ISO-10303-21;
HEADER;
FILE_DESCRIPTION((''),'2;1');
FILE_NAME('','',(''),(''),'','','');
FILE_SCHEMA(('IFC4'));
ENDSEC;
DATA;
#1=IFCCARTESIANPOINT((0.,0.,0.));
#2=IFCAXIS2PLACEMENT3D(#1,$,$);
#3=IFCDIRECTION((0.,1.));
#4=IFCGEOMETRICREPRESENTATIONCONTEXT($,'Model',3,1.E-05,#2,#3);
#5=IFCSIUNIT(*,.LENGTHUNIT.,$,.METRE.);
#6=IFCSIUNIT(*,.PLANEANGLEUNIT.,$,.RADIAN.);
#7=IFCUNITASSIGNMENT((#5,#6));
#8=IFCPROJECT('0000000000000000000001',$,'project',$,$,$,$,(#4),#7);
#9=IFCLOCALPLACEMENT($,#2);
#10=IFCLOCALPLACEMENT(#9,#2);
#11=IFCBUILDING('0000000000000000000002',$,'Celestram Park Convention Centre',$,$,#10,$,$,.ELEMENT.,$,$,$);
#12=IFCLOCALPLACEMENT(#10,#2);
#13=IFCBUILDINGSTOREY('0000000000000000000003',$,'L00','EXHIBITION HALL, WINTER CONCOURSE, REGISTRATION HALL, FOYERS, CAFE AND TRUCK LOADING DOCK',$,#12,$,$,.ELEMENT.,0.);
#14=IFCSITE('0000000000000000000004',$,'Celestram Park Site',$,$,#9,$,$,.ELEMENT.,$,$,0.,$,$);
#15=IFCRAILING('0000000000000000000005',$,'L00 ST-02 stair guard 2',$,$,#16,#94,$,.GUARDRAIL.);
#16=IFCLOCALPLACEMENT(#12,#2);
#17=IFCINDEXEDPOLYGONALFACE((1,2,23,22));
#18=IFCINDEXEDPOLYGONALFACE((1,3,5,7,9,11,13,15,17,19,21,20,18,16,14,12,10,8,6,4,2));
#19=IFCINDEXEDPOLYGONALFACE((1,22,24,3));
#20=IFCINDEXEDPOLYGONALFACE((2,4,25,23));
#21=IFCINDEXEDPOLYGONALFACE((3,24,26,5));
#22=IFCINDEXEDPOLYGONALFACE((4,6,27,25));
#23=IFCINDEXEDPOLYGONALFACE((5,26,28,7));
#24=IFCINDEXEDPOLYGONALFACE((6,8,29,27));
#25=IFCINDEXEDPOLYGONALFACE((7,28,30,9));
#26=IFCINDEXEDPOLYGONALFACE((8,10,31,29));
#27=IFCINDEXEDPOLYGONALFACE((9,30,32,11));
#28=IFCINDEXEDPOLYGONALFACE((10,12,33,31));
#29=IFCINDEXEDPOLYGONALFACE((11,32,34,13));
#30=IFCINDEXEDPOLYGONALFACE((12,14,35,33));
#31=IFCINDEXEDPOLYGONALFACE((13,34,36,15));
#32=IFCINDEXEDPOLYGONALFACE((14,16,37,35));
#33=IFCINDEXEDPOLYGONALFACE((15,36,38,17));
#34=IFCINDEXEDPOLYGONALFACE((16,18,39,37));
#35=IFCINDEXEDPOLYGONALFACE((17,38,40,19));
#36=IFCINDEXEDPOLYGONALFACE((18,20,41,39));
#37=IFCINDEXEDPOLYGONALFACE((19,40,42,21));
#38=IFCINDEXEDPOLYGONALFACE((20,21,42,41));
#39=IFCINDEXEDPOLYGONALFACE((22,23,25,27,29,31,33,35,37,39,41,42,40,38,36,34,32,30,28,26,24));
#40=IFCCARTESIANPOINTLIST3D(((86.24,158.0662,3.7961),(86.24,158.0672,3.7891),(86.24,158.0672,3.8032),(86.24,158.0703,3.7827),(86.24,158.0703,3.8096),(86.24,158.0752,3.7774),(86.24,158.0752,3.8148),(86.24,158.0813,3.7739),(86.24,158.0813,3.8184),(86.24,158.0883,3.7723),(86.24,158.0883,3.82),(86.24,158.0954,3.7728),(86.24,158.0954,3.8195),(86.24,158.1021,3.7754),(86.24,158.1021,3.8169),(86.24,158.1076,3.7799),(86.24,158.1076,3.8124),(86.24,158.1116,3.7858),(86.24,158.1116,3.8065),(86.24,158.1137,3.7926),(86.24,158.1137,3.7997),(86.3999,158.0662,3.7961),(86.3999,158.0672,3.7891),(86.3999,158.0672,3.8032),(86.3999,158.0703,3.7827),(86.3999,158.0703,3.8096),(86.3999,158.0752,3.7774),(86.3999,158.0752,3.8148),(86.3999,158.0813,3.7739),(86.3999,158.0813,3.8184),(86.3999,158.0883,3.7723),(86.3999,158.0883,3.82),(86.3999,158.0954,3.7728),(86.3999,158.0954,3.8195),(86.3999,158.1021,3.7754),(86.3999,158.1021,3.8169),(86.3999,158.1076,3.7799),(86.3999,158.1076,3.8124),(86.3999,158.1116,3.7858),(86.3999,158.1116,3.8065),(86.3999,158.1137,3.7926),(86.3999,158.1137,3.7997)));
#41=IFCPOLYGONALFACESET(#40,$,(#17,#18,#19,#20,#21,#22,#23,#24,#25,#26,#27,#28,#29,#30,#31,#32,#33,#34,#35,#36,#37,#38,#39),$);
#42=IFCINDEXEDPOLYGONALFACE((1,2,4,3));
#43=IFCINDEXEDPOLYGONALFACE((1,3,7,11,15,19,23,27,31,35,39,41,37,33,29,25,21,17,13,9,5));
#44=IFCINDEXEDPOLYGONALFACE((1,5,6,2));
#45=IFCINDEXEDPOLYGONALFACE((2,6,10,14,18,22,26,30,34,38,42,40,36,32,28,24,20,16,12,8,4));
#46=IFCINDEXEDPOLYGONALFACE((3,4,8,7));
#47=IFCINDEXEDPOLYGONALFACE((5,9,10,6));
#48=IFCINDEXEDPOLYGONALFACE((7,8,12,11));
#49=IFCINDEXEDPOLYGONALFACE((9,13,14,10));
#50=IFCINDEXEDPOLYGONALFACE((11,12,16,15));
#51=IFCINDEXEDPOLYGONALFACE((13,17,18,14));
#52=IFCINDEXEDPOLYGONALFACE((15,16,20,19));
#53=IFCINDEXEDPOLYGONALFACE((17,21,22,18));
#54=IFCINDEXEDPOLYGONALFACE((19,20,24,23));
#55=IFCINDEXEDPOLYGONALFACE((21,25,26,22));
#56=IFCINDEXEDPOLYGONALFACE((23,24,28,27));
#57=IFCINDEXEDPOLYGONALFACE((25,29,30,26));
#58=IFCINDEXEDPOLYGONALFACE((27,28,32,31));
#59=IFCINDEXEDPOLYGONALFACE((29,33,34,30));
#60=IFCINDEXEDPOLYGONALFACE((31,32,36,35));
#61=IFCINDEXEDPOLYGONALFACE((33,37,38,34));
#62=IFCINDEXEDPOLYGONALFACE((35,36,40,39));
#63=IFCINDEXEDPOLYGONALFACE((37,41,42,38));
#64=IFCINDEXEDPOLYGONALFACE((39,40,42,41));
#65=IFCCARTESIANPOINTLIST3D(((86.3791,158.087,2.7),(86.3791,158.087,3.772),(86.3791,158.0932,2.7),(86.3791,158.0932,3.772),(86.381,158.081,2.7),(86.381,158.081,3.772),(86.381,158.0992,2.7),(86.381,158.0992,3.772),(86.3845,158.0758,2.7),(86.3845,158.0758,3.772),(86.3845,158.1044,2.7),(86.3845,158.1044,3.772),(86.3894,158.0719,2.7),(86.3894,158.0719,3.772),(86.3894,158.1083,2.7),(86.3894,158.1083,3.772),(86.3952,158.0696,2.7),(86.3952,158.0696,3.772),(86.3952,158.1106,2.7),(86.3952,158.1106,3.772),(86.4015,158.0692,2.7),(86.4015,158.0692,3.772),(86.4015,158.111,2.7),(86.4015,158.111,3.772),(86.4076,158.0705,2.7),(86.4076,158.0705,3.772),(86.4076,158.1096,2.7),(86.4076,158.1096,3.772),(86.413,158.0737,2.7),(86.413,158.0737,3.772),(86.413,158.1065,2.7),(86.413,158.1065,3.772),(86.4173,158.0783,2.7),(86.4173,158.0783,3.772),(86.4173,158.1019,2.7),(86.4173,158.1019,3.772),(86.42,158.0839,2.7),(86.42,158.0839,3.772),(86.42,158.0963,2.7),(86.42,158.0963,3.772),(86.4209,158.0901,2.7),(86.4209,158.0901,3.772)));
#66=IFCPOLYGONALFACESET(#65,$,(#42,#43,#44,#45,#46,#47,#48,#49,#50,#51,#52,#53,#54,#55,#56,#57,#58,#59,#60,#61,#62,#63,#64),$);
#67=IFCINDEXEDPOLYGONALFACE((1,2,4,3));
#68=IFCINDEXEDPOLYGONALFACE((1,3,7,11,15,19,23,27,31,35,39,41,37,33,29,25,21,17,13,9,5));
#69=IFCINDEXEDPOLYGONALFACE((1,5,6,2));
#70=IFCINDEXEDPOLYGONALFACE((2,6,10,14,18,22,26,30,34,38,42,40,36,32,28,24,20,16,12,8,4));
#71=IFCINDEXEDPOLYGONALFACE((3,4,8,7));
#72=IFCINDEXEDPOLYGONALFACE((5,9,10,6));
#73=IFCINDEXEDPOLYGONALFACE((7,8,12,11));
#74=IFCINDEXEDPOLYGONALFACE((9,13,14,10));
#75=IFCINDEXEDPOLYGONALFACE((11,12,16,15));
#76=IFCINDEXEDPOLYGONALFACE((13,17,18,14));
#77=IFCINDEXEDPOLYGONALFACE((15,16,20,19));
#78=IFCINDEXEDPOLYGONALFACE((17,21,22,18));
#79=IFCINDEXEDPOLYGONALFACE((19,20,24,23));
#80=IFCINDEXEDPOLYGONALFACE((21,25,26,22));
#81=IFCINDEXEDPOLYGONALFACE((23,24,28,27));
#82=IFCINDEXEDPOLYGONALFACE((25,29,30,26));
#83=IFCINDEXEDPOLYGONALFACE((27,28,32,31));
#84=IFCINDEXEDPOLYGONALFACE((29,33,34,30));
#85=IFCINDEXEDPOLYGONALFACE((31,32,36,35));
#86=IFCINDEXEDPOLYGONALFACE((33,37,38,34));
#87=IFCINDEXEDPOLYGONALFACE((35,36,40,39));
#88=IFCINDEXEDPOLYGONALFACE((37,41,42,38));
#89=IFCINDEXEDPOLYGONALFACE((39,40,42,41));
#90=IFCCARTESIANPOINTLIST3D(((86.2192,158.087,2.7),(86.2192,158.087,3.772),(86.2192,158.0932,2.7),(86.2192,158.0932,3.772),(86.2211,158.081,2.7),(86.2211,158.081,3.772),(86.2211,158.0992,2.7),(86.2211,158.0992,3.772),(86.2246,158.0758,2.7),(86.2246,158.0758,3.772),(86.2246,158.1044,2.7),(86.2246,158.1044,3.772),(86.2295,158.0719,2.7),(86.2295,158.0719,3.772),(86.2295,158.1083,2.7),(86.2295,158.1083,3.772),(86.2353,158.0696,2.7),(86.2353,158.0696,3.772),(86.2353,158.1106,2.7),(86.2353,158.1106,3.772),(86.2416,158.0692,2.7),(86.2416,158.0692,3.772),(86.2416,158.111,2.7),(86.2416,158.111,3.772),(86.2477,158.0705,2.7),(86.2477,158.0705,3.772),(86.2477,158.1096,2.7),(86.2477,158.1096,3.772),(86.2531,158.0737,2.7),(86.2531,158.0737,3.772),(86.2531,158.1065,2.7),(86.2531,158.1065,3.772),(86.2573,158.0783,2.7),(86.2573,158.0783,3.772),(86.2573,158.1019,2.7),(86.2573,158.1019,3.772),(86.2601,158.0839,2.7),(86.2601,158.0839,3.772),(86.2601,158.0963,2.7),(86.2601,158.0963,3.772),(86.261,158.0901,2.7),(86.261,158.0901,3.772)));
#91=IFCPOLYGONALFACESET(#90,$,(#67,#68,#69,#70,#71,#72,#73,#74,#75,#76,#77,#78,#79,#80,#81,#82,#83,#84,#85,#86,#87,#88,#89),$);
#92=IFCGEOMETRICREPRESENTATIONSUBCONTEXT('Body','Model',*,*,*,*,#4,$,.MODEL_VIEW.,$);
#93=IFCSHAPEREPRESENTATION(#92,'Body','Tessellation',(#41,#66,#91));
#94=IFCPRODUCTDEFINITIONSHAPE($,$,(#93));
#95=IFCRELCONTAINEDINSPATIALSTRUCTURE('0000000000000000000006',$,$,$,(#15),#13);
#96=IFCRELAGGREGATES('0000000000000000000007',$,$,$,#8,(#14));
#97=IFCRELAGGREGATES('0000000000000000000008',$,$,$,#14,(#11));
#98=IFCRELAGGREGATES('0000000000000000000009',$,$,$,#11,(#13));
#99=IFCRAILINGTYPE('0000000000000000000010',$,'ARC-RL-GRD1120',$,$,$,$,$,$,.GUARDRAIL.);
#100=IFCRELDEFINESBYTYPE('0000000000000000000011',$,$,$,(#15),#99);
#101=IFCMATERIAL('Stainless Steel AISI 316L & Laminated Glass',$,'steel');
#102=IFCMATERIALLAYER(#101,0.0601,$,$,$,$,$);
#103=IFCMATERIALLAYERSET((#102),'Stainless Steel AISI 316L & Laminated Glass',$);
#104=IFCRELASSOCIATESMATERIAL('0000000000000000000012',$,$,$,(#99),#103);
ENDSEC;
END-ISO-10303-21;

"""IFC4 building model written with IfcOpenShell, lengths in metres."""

from ifc_helpers import new_model, si_unit, direction, frame, origin, origin_2d, place, context, subcontext, project, spatial, circle, extrude, material, layer, layer_set, type_object, element, save


model = new_model("IFC4")

# Units and contexts
model_context = context("Model", 3, precision=1e-05, world=origin(), true_north=direction((0.0, 1.0)))
body_context = subcontext(model_context, "Body", "Model", "MODEL_VIEW")
ifc_project = project(units=[si_unit("LENGTHUNIT", "METRE"), si_unit("PLANEANGLEUNIT", "RADIAN")], contexts=[model_context])

# Site, building, storey
site_placement = place(None, origin())
site = spatial("IfcSite", under=ifc_project, at=site_placement, Name="Celestram Park Site", CompositionType="ELEMENT", RefElevation=0.0)
building_placement = place(site_placement, origin())
building = spatial("IfcBuilding", under=site, at=building_placement, Name="Celestram Park Convention Centre", CompositionType="ELEMENT")
storey_placement = place(building_placement, origin())
storey = spatial("IfcBuildingStorey", under=building, at=storey_placement, Name="L00", Description="EXHIBITION HALL, WINTER CONCOURSE, REGISTRATION HALL, FOYERS, CAFE AND TRUCK LOADING DOCK", CompositionType="ELEMENT", Elevation=0.0)

# Railing
ifc_material_1 = material(Name="Stainless Steel AISI 316L & Laminated Glass", Category="steel")
ifc_layer_1 = layer(ifc_material_1, 0.0601)
ifc_layer_set_1 = layer_set([ifc_layer_1], Name="Stainless Steel AISI 316L & Laminated Glass")
railing_type_1 = type_object("IfcRailingType", Name="ARC-RL-GRD1120", PredefinedType="GUARDRAIL", material=ifc_layer_set_1)
railing_1_placement = place(storey_placement, frame((86.3999, 158.0901, 2.7)))
element("IfcRailing", 1, at=railing_1_placement, inside=storey, type_object=railing_type_1, Name="L00 ST-02 stair guard 2", PredefinedType="GUARDRAIL", context=body_context, shape_type="SweptSolid", body=[
    extrude(circle(Radius=0.0239, at=origin_2d()), frame((0.0, 0.0, 1.0962), z_axis=(-1.0, 0.0, 0.0), x_axis=(0.0, -1.0, 0.0)), (0.0, 0.0, 1.0), 0.1599),
    extrude(circle(Radius=0.021, at=origin_2d()), origin(), (0.0, 0.0, 1.0), 1.072),
    extrude(circle(Radius=0.021, at=origin_2d()), frame((-0.1599, 0.0, 0.0)), (0.0, 0.0, 1.0), 1.072),
])

save(model, "model.ifc")
